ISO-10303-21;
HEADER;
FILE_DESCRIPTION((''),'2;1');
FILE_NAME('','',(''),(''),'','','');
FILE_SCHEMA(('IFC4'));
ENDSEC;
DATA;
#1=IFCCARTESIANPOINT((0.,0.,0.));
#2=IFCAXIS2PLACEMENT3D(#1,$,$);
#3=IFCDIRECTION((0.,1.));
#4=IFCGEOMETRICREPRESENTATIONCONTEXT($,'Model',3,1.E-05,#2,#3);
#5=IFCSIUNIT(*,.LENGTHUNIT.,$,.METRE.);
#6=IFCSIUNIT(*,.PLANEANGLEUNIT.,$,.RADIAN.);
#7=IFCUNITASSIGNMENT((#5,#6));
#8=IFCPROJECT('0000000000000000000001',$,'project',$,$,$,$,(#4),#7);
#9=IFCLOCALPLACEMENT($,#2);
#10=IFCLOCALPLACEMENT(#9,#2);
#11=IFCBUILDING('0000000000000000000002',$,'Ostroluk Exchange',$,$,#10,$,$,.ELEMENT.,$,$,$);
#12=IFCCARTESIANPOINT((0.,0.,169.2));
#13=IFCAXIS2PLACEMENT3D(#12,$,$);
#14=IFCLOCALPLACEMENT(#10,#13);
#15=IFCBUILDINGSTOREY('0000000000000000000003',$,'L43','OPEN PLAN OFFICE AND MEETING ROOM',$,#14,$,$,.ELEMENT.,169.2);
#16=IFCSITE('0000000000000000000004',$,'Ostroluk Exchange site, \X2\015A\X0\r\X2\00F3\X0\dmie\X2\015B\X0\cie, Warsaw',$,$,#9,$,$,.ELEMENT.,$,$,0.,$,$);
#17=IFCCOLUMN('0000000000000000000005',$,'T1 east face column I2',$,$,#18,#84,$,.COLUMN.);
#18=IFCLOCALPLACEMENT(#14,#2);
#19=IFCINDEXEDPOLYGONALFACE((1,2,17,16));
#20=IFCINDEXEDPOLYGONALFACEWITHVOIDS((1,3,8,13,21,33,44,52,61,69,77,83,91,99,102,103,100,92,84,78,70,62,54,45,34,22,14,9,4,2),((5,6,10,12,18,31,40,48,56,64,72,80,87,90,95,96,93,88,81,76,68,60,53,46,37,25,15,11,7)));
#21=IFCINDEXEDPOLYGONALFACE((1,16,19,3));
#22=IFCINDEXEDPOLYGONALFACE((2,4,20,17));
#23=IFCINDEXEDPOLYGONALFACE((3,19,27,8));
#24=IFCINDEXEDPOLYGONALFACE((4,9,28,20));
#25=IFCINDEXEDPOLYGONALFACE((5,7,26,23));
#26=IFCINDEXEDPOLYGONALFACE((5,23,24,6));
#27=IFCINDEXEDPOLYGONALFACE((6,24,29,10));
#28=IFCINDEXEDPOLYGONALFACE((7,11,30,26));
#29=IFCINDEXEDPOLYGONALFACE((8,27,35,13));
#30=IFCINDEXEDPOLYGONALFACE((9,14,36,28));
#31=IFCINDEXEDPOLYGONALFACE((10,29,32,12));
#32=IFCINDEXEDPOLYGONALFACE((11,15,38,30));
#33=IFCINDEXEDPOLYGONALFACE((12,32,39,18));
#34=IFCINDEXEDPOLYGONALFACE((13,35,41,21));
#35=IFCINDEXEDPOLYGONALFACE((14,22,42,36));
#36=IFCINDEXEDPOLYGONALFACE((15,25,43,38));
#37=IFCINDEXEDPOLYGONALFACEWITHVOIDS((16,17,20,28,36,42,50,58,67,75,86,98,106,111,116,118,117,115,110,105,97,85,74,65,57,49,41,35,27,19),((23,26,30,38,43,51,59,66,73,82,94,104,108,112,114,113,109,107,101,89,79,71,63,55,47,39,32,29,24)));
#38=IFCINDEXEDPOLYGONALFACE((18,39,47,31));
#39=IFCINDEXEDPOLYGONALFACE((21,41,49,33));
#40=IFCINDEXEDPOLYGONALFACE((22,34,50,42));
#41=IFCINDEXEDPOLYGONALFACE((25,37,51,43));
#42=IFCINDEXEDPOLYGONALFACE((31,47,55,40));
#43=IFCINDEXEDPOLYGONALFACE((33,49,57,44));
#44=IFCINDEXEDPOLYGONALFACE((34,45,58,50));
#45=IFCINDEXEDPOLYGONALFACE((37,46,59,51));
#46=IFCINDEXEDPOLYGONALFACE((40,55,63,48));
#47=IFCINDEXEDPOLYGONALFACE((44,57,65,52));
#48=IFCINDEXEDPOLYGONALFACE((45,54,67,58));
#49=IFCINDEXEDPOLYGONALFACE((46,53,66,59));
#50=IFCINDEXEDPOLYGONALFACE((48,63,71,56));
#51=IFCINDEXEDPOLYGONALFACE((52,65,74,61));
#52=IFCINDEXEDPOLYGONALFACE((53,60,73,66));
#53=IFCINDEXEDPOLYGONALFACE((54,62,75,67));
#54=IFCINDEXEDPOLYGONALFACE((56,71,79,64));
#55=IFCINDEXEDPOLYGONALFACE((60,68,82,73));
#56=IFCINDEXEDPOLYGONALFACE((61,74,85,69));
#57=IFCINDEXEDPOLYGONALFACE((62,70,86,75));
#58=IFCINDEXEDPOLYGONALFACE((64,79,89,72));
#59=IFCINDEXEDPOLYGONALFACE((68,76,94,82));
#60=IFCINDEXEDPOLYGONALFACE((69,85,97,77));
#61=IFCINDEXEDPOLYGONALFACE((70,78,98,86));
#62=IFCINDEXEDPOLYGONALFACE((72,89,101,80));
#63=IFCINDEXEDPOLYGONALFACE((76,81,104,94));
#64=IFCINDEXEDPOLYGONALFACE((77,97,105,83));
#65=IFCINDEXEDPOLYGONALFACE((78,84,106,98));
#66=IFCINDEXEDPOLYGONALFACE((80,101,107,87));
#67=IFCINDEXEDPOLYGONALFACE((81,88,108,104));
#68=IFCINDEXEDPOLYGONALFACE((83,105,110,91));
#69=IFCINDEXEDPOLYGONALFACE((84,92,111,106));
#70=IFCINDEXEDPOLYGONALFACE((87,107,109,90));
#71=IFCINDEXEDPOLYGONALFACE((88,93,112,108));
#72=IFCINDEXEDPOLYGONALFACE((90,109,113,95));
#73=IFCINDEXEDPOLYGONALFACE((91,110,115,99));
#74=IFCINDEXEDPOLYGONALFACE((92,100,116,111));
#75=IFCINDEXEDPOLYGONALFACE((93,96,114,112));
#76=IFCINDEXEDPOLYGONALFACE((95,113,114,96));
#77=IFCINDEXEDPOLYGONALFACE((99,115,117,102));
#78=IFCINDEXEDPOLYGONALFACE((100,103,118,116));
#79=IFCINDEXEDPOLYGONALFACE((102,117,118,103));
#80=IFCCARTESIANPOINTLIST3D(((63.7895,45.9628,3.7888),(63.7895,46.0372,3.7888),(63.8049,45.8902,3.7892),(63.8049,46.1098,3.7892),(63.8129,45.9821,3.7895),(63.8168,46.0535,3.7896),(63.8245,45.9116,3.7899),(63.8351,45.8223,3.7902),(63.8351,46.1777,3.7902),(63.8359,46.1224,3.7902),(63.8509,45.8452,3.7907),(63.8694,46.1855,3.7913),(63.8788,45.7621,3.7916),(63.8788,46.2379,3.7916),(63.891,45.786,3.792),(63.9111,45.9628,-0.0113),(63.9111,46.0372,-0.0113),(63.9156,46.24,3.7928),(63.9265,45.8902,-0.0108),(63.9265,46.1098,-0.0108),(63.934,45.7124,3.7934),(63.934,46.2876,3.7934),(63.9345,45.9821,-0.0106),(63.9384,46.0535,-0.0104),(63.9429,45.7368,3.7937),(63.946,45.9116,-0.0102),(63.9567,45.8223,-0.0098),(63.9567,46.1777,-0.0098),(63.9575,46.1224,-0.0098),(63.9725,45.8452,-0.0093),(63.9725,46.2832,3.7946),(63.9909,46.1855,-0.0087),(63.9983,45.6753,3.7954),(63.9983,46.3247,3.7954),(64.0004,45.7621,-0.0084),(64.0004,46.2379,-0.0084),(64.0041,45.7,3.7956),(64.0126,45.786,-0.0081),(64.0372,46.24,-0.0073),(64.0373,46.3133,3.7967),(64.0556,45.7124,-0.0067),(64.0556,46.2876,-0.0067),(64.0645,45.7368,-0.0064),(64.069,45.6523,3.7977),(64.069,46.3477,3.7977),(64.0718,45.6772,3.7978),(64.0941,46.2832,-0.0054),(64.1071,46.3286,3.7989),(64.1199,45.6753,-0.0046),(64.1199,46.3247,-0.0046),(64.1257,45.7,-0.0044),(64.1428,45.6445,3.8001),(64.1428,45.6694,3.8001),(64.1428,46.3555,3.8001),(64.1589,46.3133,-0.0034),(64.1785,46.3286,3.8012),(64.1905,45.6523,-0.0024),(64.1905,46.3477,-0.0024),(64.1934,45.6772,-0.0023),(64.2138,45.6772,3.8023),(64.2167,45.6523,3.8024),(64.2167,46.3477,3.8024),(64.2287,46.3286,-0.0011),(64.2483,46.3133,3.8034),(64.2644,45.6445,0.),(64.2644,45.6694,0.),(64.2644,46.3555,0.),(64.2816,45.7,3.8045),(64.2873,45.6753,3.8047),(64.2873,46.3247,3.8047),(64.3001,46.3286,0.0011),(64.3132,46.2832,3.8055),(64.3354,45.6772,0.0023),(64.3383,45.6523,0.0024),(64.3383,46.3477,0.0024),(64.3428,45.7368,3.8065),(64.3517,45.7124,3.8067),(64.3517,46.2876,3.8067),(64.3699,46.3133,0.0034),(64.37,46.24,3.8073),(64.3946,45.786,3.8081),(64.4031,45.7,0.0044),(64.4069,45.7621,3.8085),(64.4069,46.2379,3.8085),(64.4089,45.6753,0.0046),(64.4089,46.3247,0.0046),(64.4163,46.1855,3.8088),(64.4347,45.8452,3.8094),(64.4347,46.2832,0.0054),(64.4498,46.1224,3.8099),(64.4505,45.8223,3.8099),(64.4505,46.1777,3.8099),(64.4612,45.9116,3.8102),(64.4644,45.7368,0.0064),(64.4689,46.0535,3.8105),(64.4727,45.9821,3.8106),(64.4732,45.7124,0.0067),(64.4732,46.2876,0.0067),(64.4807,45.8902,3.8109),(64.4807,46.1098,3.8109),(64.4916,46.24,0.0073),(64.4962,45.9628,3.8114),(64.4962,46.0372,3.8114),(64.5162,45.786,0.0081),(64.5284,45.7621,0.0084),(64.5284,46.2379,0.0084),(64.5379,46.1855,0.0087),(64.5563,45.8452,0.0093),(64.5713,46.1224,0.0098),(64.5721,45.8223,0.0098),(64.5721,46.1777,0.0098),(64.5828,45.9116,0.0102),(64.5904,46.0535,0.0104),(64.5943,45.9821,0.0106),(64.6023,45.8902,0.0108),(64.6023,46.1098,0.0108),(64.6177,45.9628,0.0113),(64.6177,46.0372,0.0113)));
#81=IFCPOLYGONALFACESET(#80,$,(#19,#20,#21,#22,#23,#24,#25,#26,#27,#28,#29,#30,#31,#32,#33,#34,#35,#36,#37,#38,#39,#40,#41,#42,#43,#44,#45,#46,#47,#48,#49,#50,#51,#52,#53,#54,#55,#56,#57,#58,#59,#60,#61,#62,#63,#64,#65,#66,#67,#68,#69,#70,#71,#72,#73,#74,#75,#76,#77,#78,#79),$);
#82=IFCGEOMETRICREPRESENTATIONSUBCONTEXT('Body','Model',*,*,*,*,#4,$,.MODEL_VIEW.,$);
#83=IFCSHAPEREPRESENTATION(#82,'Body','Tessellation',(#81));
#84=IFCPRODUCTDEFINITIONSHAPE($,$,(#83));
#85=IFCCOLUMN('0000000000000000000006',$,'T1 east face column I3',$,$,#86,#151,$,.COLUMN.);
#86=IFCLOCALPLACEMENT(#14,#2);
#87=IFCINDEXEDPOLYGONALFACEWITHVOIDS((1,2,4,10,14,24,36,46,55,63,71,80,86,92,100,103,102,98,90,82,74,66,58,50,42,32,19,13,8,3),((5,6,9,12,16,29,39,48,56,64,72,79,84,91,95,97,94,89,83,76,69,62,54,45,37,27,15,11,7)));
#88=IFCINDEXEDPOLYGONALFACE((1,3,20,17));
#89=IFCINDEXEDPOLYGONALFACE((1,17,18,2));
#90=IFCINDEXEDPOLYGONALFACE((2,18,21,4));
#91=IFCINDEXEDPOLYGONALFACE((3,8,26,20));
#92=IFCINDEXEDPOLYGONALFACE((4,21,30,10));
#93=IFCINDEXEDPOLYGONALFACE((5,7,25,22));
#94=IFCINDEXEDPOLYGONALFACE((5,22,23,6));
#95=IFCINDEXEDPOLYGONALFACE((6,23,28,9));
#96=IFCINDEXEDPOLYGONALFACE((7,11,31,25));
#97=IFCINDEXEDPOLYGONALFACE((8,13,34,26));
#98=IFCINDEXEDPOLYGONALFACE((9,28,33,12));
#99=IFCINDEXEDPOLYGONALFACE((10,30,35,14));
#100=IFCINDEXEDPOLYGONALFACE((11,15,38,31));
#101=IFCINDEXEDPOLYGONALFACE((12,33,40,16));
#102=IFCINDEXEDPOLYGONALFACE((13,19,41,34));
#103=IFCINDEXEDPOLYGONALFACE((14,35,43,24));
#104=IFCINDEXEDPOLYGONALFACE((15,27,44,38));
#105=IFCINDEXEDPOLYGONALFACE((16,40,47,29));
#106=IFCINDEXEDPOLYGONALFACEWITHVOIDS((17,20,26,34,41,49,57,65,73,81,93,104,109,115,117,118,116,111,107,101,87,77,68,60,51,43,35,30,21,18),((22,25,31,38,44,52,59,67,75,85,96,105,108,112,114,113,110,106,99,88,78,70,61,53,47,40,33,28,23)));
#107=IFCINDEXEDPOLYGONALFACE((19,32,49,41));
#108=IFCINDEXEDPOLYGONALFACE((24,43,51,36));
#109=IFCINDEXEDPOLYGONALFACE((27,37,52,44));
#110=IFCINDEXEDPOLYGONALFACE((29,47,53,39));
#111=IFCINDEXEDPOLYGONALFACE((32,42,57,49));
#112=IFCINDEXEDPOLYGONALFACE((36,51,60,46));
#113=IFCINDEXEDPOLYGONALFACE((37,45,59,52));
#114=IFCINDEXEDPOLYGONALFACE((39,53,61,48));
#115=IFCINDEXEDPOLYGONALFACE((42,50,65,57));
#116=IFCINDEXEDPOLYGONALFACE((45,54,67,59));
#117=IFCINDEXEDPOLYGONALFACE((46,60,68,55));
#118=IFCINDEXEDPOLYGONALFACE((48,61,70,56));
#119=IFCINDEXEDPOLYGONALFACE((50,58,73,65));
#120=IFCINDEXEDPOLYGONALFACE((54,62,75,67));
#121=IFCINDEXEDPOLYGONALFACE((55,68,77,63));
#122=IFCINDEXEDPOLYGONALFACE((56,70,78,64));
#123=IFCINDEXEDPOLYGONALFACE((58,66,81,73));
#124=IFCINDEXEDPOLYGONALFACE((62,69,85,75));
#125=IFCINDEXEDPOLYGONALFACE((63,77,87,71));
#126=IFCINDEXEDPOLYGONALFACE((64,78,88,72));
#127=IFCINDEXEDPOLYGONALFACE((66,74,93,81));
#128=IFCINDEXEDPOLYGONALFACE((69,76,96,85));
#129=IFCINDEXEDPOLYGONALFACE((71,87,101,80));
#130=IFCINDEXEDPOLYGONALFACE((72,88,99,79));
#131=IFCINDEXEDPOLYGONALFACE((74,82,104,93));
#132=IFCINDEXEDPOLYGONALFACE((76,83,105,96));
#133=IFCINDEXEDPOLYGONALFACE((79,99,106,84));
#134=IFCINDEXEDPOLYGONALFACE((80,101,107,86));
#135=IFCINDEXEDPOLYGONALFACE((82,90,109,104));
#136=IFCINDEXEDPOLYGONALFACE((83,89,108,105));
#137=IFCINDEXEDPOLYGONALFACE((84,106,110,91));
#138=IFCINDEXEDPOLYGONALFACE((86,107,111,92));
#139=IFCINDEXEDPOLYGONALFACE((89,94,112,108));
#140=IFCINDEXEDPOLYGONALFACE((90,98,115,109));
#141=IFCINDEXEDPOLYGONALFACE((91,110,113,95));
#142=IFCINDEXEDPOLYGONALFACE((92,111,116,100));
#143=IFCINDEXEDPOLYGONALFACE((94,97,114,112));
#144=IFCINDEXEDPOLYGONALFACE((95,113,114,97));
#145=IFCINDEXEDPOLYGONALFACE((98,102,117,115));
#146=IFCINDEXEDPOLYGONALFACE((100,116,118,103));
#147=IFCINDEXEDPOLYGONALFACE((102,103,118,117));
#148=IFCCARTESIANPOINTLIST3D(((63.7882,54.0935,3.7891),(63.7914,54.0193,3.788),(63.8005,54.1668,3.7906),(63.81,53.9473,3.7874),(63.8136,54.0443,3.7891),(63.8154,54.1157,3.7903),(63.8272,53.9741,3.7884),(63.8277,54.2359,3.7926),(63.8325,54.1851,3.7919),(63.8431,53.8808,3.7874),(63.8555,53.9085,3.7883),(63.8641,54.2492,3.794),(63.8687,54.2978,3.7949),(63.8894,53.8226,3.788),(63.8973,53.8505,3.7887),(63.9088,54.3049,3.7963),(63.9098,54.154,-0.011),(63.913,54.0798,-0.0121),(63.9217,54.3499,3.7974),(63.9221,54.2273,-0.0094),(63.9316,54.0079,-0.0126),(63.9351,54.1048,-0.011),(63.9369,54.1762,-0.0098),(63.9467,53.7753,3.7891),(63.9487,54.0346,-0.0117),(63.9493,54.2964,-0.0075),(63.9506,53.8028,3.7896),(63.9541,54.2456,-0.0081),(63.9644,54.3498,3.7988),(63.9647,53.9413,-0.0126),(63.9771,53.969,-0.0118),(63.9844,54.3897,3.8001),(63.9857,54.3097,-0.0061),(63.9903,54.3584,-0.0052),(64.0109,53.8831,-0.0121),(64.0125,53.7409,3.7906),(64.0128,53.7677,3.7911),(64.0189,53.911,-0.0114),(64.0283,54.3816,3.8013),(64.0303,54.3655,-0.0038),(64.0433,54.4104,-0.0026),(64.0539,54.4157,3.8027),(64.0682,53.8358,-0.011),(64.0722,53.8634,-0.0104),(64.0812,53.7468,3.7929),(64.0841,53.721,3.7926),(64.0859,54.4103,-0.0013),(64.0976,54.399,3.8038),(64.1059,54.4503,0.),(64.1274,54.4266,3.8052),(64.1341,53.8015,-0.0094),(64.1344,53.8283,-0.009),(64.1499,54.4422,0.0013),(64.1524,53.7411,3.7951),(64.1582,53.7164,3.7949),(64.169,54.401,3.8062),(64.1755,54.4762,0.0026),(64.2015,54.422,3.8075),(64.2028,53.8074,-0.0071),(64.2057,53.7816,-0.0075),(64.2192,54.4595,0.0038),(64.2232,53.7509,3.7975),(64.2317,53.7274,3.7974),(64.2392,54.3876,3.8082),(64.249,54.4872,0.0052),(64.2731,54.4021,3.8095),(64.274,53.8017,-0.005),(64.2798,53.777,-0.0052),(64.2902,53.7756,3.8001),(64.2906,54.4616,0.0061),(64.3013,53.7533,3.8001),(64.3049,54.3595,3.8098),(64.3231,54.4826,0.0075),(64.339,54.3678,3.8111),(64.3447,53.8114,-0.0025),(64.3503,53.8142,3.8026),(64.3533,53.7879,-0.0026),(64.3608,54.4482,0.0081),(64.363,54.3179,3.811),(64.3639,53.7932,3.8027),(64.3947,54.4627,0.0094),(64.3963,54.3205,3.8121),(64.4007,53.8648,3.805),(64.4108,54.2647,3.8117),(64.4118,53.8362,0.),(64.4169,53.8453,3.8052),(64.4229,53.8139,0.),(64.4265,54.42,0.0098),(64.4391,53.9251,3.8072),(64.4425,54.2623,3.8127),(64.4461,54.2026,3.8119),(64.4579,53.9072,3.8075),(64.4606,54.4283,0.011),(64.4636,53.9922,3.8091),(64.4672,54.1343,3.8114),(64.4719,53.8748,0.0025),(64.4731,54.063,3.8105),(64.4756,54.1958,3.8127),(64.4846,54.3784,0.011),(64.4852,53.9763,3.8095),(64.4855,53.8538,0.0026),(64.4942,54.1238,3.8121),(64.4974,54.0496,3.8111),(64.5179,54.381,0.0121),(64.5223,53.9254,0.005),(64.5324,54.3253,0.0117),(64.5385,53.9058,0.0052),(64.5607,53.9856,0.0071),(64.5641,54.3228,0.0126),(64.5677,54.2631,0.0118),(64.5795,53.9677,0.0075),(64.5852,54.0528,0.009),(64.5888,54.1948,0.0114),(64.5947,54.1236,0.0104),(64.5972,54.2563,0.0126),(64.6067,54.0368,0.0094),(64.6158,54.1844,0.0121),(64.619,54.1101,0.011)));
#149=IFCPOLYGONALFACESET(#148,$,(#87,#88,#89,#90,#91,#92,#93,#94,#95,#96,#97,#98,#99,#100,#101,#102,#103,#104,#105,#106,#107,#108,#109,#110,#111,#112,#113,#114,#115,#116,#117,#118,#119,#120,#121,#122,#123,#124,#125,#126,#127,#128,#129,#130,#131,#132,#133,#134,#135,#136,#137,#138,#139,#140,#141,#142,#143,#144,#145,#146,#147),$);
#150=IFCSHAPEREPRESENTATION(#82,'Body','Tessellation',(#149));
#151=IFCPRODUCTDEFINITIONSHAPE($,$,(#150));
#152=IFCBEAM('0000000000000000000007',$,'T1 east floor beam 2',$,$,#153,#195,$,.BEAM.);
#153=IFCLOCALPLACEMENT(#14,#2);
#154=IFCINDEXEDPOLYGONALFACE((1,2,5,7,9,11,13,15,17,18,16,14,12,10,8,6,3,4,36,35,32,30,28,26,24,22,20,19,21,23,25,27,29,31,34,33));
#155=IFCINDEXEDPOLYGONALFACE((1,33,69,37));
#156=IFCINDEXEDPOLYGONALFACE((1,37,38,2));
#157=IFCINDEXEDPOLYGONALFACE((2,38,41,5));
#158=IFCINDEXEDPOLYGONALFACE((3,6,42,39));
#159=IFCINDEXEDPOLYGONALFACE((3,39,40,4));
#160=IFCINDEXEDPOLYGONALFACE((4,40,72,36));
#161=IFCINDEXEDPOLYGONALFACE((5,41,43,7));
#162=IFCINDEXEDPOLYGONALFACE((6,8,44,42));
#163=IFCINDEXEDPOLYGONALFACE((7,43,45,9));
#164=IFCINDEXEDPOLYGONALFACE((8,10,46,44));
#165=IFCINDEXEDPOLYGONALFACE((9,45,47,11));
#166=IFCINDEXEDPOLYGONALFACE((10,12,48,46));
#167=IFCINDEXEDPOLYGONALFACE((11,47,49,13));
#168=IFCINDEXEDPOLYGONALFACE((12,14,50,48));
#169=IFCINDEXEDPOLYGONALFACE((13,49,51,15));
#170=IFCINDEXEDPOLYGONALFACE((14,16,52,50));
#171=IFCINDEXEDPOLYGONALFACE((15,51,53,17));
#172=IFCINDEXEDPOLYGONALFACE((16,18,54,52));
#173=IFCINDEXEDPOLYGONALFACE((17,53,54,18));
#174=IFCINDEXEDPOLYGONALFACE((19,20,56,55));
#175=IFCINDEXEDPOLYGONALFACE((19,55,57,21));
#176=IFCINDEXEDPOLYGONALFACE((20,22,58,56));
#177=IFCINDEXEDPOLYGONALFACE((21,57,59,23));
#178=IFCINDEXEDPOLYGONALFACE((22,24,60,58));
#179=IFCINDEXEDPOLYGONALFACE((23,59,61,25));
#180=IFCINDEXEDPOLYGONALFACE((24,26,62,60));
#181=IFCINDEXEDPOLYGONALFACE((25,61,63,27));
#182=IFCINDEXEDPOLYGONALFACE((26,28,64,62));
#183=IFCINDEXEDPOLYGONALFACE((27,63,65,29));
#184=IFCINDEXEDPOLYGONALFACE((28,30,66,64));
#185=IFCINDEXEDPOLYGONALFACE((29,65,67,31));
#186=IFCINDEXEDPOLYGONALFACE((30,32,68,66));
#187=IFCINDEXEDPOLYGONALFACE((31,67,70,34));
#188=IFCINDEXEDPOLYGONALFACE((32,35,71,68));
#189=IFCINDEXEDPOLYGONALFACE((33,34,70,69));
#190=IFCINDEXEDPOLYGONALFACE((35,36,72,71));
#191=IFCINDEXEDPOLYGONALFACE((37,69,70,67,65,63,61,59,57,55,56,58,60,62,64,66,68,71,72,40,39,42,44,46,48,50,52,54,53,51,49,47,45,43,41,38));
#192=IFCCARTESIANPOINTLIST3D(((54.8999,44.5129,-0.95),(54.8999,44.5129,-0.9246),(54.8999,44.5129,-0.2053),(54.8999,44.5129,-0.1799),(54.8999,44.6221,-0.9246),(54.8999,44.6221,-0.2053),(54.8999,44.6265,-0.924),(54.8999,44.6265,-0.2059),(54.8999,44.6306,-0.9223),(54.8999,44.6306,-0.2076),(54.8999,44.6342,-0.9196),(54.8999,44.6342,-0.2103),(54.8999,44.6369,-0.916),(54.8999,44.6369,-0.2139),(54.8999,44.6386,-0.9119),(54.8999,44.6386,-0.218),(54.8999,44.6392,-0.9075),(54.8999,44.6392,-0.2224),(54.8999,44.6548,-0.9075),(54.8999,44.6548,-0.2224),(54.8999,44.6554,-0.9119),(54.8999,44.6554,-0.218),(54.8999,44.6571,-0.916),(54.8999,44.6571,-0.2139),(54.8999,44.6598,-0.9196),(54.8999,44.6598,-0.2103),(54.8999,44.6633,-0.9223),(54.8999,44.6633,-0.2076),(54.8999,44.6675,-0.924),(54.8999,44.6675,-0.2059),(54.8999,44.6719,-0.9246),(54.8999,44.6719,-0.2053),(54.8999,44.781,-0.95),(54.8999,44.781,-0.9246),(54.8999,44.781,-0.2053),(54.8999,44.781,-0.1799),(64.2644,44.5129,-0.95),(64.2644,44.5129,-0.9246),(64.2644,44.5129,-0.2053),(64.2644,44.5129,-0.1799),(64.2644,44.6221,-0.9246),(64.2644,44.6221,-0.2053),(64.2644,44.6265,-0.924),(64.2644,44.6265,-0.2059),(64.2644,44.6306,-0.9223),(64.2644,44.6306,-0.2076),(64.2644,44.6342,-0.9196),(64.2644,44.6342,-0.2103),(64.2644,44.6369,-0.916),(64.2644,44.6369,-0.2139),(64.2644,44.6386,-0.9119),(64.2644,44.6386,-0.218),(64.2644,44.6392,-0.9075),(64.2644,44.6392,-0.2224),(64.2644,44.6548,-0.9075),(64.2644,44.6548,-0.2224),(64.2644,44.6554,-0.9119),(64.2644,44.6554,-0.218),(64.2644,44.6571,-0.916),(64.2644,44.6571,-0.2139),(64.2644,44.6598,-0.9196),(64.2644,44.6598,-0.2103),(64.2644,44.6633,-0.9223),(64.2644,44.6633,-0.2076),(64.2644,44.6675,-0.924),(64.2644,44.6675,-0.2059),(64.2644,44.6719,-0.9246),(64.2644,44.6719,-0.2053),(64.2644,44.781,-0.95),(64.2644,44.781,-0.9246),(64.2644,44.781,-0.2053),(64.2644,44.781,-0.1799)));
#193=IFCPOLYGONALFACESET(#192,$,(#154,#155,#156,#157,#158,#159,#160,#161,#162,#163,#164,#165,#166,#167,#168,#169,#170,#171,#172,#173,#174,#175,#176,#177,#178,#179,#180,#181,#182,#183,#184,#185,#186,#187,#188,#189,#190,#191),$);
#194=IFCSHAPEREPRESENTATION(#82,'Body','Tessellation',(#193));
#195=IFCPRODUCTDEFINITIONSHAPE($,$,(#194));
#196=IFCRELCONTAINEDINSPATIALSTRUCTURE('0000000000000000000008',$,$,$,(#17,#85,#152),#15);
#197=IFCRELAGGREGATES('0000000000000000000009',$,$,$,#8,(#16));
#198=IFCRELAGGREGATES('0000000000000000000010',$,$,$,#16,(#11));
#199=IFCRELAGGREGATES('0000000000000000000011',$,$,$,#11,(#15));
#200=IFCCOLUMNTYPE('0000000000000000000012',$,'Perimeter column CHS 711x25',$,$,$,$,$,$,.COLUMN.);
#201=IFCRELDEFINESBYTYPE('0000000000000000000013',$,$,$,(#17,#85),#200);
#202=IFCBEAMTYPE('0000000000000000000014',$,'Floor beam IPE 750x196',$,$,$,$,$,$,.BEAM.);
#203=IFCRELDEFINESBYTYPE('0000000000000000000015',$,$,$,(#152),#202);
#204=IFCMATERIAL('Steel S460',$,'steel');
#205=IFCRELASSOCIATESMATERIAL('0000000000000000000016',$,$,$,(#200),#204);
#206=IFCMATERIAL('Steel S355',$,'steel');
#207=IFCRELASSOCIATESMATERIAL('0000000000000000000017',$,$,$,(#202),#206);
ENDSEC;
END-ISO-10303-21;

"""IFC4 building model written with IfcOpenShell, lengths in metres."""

from ifc_helpers import new_model, si_unit, direction, frame, origin, origin_2d, place, context, subcontext, project, spatial, hollow_circle, i_section, extrude, material, material_profile, profile_set, type_object, element, save


model = new_model("IFC4")

# Units and contexts
model_context = context("Model", 3, precision=1e-05, world=origin(), true_north=direction((0.0, 1.0)))
body_context = subcontext(model_context, "Body", "Model", "MODEL_VIEW")
ifc_project = project(units=[si_unit("LENGTHUNIT", "METRE"), si_unit("PLANEANGLEUNIT", "RADIAN")], contexts=[model_context])

# Site, building, storey
site_placement = place(None, origin())
site = spatial("IfcSite", under=ifc_project, at=site_placement, Name="Ostroluk Exchange site, Śródmieście, Warsaw", CompositionType="ELEMENT", RefElevation=0.0)
building_placement = place(site_placement, origin())
building = spatial("IfcBuilding", under=site, at=building_placement, Name="Ostroluk Exchange", CompositionType="ELEMENT")
storey_placement = place(building_placement, frame((0.0, 0.0, 169.2)))
storey = spatial("IfcBuildingStorey", under=building, at=storey_placement, Name="L43", Description="OPEN PLAN OFFICE AND MEETING ROOM", CompositionType="ELEMENT", Elevation=169.2)

# Columns
ifc_material_1 = material(Name="Steel S460", Category="steel")
ifc_material_profile_1 = material_profile(ifc_material_1, hollow_circle(Radius=0.3555, WallThickness=0.0249, at=origin_2d()), Name="CHS 711x25")
ifc_profile_set_1 = profile_set([ifc_material_profile_1], Name="Steel S460")
column_type = type_object("IfcColumnType", Name="Perimeter column CHS 711x25", PredefinedType="COLUMN", material=ifc_profile_set_1)
column_1_placement = place(storey_placement, frame((64.2644, 46.0, 0.0), z_axis=(-0.031978, 0.0, 0.999489), x_axis=(0.0, -1.0, 0.0)))
element("IfcColumn", 1, at=column_1_placement, inside=storey, type_object=column_type, Name="T1 east face column I2", PredefinedType="COLUMN", context=body_context, shape_type="SweptSolid", body=[
    extrude(hollow_circle(Radius=0.3555, WallThickness=0.0249, at=origin_2d()), origin(), (0.0, 0.0, 1.0), 3.802),
])
column_2_placement = place(storey_placement, frame((64.2644, 54.1321, 0.0), z_axis=(-0.031974, -0.015923, 0.999362), x_axis=(0.445775, -0.895145, 0.0)))
element("IfcColumn", 2, at=column_2_placement, inside=storey, type_object=column_type, Name="T1 east face column I3", PredefinedType="COLUMN", context=body_context, shape_type="SweptSolid", body=[
    extrude(hollow_circle(Radius=0.3555, WallThickness=0.0249, at=origin_2d()), origin(), (0.0, 0.0, 1.0), 3.8025),
])

# Beam
ifc_material_2 = material(Name="Steel S355", Category="steel")
ifc_material_profile_2 = material_profile(ifc_material_2, i_section(OverallWidth=0.2681, OverallDepth=0.77, WebThickness=0.0156, FlangeThickness=0.0254, FilletRadius=0.0171, at=origin_2d()), Name="IPE 750x196")
ifc_profile_set_2 = profile_set([ifc_material_profile_2], Name="Steel S355")
beam_type_1 = type_object("IfcBeamType", Name="Floor beam IPE 750x196", PredefinedType="BEAM", material=ifc_profile_set_2)
for number, where, z_axis, x_axis, name in (
    (3, (54.8999, 44.647, -0.5649), (1.0, 0.0, 0.0), (0.0, 1.0, 0.0), "T1 east floor beam 2"),
):
    element("IfcBeam", number, at=place(storey_placement, frame(where, z_axis=z_axis, x_axis=x_axis)), inside=storey, type_object=beam_type_1, Name=name, PredefinedType="BEAM", context=body_context, shape_type="SweptSolid", body=[
        extrude(i_section(OverallWidth=0.2681, OverallDepth=0.77, WebThickness=0.0156, FlangeThickness=0.0254, FilletRadius=0.0171, at=origin_2d()), origin(), (0.0, 0.0, 1.0), 9.3645),
    ])

save(model, "model.ifc")
